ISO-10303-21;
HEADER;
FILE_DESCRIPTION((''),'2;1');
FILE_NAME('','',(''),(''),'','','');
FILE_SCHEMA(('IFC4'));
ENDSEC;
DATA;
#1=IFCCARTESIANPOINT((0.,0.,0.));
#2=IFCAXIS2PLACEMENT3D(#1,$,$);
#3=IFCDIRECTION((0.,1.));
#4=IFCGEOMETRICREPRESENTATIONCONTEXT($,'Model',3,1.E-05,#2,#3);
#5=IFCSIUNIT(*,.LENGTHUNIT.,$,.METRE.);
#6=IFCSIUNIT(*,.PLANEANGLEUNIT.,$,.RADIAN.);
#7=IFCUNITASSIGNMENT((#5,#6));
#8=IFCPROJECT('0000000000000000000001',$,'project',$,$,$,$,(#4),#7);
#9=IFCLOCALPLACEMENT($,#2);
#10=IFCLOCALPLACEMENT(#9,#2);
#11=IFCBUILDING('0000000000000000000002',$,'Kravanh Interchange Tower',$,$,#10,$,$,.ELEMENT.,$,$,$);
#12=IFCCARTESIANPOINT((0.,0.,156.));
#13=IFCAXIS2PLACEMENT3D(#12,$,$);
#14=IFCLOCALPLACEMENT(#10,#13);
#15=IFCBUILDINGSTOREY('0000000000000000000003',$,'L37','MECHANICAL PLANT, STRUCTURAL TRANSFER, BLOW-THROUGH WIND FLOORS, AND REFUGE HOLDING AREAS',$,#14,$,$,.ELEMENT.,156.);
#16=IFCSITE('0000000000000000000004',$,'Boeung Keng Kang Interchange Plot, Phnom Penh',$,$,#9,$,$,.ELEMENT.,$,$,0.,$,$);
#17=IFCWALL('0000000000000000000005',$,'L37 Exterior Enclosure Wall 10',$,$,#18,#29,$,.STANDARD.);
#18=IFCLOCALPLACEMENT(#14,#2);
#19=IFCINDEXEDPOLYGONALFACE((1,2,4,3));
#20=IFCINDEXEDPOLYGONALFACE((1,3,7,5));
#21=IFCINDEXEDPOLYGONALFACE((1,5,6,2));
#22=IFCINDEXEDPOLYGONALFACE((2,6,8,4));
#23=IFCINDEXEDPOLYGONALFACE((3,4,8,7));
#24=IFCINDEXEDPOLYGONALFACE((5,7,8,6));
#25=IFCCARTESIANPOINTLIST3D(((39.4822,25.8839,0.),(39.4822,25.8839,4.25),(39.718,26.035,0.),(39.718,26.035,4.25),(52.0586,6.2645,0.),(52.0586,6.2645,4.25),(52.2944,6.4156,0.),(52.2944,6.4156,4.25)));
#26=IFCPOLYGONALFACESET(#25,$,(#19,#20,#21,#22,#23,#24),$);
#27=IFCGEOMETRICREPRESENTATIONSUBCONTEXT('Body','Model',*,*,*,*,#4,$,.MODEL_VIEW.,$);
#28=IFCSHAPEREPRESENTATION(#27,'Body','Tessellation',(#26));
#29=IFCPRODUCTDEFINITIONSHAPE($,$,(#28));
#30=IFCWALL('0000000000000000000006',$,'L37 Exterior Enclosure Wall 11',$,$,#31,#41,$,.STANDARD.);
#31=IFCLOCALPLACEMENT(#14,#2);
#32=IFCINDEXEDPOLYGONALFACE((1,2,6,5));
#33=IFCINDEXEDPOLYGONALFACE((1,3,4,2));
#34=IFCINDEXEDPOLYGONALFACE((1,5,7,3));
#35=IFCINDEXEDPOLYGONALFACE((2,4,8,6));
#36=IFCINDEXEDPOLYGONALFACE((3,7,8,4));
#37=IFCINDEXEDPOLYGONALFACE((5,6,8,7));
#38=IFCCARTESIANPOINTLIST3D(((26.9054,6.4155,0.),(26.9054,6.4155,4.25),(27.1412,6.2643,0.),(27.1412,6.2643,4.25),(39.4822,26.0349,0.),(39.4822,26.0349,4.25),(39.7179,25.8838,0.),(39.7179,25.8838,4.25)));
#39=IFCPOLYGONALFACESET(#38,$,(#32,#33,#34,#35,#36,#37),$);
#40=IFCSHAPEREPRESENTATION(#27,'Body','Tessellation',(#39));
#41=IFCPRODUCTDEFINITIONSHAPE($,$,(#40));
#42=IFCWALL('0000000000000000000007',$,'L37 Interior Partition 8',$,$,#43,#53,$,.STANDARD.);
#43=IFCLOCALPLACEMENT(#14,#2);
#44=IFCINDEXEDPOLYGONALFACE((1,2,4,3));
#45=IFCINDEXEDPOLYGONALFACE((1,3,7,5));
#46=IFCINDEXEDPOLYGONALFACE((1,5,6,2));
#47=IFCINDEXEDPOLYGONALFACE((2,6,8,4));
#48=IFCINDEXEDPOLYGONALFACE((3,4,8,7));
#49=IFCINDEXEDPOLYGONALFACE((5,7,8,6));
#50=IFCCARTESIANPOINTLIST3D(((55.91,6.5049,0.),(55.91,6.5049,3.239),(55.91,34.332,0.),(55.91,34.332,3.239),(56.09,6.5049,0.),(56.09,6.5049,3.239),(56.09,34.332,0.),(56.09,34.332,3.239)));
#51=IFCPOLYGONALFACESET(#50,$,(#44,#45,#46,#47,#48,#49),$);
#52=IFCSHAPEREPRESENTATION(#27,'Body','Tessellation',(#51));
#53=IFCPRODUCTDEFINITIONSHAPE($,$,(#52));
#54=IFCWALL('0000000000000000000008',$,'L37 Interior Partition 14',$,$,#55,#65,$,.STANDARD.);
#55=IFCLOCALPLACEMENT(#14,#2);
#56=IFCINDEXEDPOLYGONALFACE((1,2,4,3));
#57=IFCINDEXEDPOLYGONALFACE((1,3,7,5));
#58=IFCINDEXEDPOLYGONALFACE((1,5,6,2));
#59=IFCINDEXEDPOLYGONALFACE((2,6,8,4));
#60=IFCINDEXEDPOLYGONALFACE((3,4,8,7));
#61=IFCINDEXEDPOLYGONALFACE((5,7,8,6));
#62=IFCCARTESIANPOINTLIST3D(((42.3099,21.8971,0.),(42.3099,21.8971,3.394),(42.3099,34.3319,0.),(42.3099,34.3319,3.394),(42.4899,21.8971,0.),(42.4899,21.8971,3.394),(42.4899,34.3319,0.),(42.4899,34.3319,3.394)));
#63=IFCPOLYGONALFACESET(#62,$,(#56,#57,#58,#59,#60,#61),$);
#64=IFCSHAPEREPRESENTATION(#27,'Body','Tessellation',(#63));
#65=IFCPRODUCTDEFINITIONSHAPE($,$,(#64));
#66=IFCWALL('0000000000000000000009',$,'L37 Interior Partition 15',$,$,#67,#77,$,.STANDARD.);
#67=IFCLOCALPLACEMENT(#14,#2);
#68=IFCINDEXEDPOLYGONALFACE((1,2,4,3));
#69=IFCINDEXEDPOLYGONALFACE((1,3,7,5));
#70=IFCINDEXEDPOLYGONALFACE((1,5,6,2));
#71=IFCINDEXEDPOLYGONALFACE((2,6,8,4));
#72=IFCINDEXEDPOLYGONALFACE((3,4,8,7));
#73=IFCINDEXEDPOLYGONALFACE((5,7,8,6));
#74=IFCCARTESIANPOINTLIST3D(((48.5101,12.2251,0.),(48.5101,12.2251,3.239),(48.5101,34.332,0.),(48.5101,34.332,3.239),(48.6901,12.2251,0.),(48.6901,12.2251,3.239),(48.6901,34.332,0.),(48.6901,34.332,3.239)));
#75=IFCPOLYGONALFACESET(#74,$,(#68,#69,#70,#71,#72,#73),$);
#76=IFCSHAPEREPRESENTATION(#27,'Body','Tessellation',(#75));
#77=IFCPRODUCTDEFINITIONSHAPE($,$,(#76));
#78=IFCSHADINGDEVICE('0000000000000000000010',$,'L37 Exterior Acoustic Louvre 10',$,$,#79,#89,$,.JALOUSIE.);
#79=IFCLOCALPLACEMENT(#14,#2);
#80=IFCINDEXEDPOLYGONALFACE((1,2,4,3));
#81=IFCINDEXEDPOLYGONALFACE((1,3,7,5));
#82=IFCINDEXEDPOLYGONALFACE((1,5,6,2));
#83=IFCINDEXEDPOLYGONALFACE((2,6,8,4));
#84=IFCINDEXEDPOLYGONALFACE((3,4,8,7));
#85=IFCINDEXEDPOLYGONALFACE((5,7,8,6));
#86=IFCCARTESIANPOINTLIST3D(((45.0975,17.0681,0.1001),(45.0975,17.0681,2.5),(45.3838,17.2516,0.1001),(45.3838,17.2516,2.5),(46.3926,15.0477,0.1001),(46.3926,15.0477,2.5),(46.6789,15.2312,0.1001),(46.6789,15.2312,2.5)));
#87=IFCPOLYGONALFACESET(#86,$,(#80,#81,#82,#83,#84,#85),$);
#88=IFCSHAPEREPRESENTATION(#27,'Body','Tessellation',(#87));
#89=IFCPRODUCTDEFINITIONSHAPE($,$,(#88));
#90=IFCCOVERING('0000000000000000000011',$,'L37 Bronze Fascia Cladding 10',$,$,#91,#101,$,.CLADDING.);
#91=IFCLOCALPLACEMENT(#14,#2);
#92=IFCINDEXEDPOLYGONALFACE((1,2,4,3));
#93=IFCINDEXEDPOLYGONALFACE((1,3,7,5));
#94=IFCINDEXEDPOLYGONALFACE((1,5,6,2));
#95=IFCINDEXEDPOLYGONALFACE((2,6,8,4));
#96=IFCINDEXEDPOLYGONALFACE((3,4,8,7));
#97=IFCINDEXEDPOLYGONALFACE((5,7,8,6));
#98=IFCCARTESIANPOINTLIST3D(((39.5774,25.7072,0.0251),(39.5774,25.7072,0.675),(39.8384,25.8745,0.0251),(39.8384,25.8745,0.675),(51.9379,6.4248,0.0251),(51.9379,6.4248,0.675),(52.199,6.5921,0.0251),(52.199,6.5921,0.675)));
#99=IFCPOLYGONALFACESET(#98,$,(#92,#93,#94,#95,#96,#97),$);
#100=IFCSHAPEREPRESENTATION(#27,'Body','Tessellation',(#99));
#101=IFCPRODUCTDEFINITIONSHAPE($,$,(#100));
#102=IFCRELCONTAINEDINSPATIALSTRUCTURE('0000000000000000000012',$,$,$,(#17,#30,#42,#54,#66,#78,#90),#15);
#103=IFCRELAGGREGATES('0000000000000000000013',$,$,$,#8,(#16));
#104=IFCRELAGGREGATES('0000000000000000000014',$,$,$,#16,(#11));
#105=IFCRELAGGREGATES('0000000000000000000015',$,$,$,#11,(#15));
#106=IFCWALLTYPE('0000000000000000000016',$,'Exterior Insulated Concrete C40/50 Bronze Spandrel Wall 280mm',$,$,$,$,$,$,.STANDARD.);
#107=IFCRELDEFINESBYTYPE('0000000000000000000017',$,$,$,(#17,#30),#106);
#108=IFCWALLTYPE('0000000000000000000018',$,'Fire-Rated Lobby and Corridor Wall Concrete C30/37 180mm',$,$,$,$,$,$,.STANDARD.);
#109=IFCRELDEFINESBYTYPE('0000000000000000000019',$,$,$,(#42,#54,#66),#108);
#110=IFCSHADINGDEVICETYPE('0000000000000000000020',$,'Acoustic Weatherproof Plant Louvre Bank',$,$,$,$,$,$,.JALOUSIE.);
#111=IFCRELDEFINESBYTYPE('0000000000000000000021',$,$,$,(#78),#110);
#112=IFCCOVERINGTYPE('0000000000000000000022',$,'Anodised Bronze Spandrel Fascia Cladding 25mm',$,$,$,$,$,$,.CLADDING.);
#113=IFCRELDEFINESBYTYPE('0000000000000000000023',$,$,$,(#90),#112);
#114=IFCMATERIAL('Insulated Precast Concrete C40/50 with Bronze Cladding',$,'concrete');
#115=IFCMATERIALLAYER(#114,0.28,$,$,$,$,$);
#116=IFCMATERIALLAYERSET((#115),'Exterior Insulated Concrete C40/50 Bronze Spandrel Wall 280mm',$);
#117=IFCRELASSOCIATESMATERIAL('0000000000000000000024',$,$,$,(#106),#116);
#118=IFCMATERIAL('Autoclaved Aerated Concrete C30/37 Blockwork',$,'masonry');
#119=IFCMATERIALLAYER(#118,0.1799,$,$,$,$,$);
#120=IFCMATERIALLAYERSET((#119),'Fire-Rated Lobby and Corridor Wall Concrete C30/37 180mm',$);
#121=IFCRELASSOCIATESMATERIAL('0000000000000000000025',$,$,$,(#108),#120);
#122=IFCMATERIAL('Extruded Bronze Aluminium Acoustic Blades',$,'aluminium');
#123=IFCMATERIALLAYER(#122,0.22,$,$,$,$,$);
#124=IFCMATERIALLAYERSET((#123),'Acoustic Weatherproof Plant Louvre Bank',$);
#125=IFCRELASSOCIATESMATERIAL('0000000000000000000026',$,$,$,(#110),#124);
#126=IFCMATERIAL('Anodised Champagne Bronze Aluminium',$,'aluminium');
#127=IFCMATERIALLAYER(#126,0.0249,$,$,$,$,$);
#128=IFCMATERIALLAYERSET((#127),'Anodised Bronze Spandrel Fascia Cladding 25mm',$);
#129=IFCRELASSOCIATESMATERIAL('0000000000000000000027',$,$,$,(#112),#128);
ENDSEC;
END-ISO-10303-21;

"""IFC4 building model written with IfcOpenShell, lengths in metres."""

from ifc_helpers import new_model, si_unit, direction, frame, frame_2d, origin, origin_2d, place, context, subcontext, project, spatial, rectangle, extrude, material, layer, layer_set, type_object, element, save


model = new_model("IFC4")

# Units and contexts
model_context = context("Model", 3, precision=1e-05, world=origin(), true_north=direction((0.0, 1.0)))
body_context = subcontext(model_context, "Body", "Model", "MODEL_VIEW")
ifc_project = project(units=[si_unit("LENGTHUNIT", "METRE"), si_unit("PLANEANGLEUNIT", "RADIAN")], contexts=[model_context])

# Site, building, storey
site_placement = place(None, origin())
site = spatial("IfcSite", under=ifc_project, at=site_placement, Name="Boeung Keng Kang Interchange Plot, Phnom Penh", CompositionType="ELEMENT", RefElevation=0.0)
building_placement = place(site_placement, origin())
building = spatial("IfcBuilding", under=site, at=building_placement, Name="Kravanh Interchange Tower", CompositionType="ELEMENT")
storey_placement = place(building_placement, frame((0.0, 0.0, 156.0)))
storey = spatial("IfcBuildingStorey", under=building, at=storey_placement, Name="L37", Description="MECHANICAL PLANT, STRUCTURAL TRANSFER, BLOW-THROUGH WIND FLOORS, AND REFUGE HOLDING AREAS", CompositionType="ELEMENT", Elevation=156.0)

# Walls
ifc_material_1 = material(Name="Insulated Precast Concrete C40/50 with Bronze Cladding", Category="concrete")
ifc_layer_1 = layer(ifc_material_1, 0.28)
ifc_layer_set_1 = layer_set([ifc_layer_1], Name="Exterior Insulated Concrete C40/50 Bronze Spandrel Wall 280mm")
wall_type_1 = type_object("IfcWallType", Name="Exterior Insulated Concrete C40/50 Bronze Spandrel Wall 280mm", PredefinedType="STANDARD", material=ifc_layer_set_1)
wall_1_placement = place(storey_placement, frame((52.1765, 6.3401, 0.0), z_axis=(0.0, 0.0, 1.0), x_axis=(-0.539663, 0.841881, 0.0)))
element("IfcWall", 1, at=wall_1_placement, inside=storey, type_object=wall_type_1, Name="L37 Exterior Enclosure Wall 10", PredefinedType="STANDARD", context=body_context, shape_type="SweptSolid", body=[
    extrude(rectangle(XDim=23.3042, YDim=0.28, at=frame_2d((11.6521, 0.0))), origin(), (0.0, 0.0, 1.0), 4.25),
])
wall_2_placement = place(storey_placement, frame((39.6001, 25.9595, 0.0), z_axis=(0.0, 0.0, 1.0), x_axis=(-0.53967, -0.841877, 0.0)))
element("IfcWall", 2, at=wall_2_placement, inside=storey, type_object=wall_type_1, Name="L37 Exterior Enclosure Wall 11", PredefinedType="STANDARD", context=body_context, shape_type="SweptSolid", body=[
    extrude(rectangle(XDim=23.3044, YDim=0.28, at=frame_2d((11.6523, 0.0))), origin(), (0.0, 0.0, 1.0), 4.25),
])
ifc_material_2 = material(Name="Autoclaved Aerated Concrete C30/37 Blockwork", Category="masonry")
ifc_layer_2 = layer(ifc_material_2, 0.1799)
ifc_layer_set_2 = layer_set([ifc_layer_2], Name="Fire-Rated Lobby and Corridor Wall Concrete C30/37 180mm")
wall_type_2 = type_object("IfcWallType", Name="Fire-Rated Lobby and Corridor Wall Concrete C30/37 180mm", PredefinedType="STANDARD", material=ifc_layer_set_2)
wall_3_placement = place(storey_placement, frame((56.0, 6.5049, 0.0), z_axis=(0.0, 0.0, 1.0), x_axis=(0.0, 1.0, 0.0)))
element("IfcWall", 3, at=wall_3_placement, inside=storey, type_object=wall_type_2, Name="L37 Interior Partition 8", PredefinedType="STANDARD", context=body_context, shape_type="SweptSolid", body=[
    extrude(rectangle(XDim=27.8271, YDim=0.1799, at=frame_2d((13.9136, 0.0))), origin(), (0.0, 0.0, 1.0), 3.239),
])
wall_4_placement = place(storey_placement, frame((42.3999, 21.8972, 0.0), z_axis=(0.0, 0.0, 1.0), x_axis=(0.0, 1.0, 0.0)))
element("IfcWall", 4, at=wall_4_placement, inside=storey, type_object=wall_type_2, Name="L37 Interior Partition 14", PredefinedType="STANDARD", context=body_context, shape_type="SweptSolid", body=[
    extrude(rectangle(XDim=12.4348, YDim=0.1799, at=frame_2d((6.2173, 0.0))), origin(), (0.0, 0.0, 1.0), 3.394),
])
wall_5_placement = place(storey_placement, frame((48.6001, 12.2251, 0.0), z_axis=(0.0, 0.0, 1.0), x_axis=(0.0, 1.0, 0.0)))
element("IfcWall", 5, at=wall_5_placement, inside=storey, type_object=wall_type_2, Name="L37 Interior Partition 15", PredefinedType="STANDARD", context=body_context, shape_type="SweptSolid", body=[
    extrude(rectangle(XDim=22.1069, YDim=0.1799, at=frame_2d((11.0535, 0.0))), origin(), (0.0, 0.0, 1.0), 3.239),
])

# Shading device
ifc_material_3 = material(Name="Extruded Bronze Aluminium Acoustic Blades", Category="aluminium")
ifc_layer_3 = layer(ifc_material_3, 0.22)
ifc_layer_set_3 = layer_set([ifc_layer_3], Name="Acoustic Weatherproof Plant Louvre Bank")
shading_device_type = type_object("IfcShadingDeviceType", Name="Acoustic Weatherproof Plant Louvre Bank", PredefinedType="JALOUSIE", material=ifc_layer_set_3)
shading_device_placement = place(storey_placement, frame((45.8882, 16.1497, 0.1001), z_axis=(0.0, 0.0, 1.0), x_axis=(-0.539666, 0.841879, 0.0)))
element("IfcShadingDevice", 6, at=shading_device_placement, inside=storey, type_object=shading_device_type, Name="L37 Exterior Acoustic Louvre 10", PredefinedType="JALOUSIE", context=body_context, shape_type="SweptSolid", body=[
    extrude(rectangle(XDim=2.3999, YDim=0.3401, at=origin_2d()), origin(), (0.0, 0.0, 1.0), 2.3999),
])

# Covering
ifc_material_4 = material(Name="Anodised Champagne Bronze Aluminium", Category="aluminium")
ifc_layer_4 = layer(ifc_material_4, 0.0249)
ifc_layer_set_4 = layer_set([ifc_layer_4], Name="Anodised Bronze Spandrel Fascia Cladding 25mm")
covering_type = type_object("IfcCoveringType", Name="Anodised Bronze Spandrel Fascia Cladding 25mm", PredefinedType="CLADDING", material=ifc_layer_set_4)
covering_placement = place(storey_placement, frame((45.8882, 16.1497, 0.0251), z_axis=(0.0, 0.0, 1.0), x_axis=(-0.539666, 0.841879, 0.0)))
element("IfcCovering", 7, at=covering_placement, inside=storey, type_object=covering_type, Name="L37 Bronze Fascia Cladding 10", PredefinedType="CLADDING", context=body_context, shape_type="SweptSolid", body=[
    extrude(rectangle(XDim=22.9041, YDim=0.3101, at=origin_2d()), origin(), (0.0, 0.0, 1.0), 0.6499),
])

save(model, "model.ifc")
